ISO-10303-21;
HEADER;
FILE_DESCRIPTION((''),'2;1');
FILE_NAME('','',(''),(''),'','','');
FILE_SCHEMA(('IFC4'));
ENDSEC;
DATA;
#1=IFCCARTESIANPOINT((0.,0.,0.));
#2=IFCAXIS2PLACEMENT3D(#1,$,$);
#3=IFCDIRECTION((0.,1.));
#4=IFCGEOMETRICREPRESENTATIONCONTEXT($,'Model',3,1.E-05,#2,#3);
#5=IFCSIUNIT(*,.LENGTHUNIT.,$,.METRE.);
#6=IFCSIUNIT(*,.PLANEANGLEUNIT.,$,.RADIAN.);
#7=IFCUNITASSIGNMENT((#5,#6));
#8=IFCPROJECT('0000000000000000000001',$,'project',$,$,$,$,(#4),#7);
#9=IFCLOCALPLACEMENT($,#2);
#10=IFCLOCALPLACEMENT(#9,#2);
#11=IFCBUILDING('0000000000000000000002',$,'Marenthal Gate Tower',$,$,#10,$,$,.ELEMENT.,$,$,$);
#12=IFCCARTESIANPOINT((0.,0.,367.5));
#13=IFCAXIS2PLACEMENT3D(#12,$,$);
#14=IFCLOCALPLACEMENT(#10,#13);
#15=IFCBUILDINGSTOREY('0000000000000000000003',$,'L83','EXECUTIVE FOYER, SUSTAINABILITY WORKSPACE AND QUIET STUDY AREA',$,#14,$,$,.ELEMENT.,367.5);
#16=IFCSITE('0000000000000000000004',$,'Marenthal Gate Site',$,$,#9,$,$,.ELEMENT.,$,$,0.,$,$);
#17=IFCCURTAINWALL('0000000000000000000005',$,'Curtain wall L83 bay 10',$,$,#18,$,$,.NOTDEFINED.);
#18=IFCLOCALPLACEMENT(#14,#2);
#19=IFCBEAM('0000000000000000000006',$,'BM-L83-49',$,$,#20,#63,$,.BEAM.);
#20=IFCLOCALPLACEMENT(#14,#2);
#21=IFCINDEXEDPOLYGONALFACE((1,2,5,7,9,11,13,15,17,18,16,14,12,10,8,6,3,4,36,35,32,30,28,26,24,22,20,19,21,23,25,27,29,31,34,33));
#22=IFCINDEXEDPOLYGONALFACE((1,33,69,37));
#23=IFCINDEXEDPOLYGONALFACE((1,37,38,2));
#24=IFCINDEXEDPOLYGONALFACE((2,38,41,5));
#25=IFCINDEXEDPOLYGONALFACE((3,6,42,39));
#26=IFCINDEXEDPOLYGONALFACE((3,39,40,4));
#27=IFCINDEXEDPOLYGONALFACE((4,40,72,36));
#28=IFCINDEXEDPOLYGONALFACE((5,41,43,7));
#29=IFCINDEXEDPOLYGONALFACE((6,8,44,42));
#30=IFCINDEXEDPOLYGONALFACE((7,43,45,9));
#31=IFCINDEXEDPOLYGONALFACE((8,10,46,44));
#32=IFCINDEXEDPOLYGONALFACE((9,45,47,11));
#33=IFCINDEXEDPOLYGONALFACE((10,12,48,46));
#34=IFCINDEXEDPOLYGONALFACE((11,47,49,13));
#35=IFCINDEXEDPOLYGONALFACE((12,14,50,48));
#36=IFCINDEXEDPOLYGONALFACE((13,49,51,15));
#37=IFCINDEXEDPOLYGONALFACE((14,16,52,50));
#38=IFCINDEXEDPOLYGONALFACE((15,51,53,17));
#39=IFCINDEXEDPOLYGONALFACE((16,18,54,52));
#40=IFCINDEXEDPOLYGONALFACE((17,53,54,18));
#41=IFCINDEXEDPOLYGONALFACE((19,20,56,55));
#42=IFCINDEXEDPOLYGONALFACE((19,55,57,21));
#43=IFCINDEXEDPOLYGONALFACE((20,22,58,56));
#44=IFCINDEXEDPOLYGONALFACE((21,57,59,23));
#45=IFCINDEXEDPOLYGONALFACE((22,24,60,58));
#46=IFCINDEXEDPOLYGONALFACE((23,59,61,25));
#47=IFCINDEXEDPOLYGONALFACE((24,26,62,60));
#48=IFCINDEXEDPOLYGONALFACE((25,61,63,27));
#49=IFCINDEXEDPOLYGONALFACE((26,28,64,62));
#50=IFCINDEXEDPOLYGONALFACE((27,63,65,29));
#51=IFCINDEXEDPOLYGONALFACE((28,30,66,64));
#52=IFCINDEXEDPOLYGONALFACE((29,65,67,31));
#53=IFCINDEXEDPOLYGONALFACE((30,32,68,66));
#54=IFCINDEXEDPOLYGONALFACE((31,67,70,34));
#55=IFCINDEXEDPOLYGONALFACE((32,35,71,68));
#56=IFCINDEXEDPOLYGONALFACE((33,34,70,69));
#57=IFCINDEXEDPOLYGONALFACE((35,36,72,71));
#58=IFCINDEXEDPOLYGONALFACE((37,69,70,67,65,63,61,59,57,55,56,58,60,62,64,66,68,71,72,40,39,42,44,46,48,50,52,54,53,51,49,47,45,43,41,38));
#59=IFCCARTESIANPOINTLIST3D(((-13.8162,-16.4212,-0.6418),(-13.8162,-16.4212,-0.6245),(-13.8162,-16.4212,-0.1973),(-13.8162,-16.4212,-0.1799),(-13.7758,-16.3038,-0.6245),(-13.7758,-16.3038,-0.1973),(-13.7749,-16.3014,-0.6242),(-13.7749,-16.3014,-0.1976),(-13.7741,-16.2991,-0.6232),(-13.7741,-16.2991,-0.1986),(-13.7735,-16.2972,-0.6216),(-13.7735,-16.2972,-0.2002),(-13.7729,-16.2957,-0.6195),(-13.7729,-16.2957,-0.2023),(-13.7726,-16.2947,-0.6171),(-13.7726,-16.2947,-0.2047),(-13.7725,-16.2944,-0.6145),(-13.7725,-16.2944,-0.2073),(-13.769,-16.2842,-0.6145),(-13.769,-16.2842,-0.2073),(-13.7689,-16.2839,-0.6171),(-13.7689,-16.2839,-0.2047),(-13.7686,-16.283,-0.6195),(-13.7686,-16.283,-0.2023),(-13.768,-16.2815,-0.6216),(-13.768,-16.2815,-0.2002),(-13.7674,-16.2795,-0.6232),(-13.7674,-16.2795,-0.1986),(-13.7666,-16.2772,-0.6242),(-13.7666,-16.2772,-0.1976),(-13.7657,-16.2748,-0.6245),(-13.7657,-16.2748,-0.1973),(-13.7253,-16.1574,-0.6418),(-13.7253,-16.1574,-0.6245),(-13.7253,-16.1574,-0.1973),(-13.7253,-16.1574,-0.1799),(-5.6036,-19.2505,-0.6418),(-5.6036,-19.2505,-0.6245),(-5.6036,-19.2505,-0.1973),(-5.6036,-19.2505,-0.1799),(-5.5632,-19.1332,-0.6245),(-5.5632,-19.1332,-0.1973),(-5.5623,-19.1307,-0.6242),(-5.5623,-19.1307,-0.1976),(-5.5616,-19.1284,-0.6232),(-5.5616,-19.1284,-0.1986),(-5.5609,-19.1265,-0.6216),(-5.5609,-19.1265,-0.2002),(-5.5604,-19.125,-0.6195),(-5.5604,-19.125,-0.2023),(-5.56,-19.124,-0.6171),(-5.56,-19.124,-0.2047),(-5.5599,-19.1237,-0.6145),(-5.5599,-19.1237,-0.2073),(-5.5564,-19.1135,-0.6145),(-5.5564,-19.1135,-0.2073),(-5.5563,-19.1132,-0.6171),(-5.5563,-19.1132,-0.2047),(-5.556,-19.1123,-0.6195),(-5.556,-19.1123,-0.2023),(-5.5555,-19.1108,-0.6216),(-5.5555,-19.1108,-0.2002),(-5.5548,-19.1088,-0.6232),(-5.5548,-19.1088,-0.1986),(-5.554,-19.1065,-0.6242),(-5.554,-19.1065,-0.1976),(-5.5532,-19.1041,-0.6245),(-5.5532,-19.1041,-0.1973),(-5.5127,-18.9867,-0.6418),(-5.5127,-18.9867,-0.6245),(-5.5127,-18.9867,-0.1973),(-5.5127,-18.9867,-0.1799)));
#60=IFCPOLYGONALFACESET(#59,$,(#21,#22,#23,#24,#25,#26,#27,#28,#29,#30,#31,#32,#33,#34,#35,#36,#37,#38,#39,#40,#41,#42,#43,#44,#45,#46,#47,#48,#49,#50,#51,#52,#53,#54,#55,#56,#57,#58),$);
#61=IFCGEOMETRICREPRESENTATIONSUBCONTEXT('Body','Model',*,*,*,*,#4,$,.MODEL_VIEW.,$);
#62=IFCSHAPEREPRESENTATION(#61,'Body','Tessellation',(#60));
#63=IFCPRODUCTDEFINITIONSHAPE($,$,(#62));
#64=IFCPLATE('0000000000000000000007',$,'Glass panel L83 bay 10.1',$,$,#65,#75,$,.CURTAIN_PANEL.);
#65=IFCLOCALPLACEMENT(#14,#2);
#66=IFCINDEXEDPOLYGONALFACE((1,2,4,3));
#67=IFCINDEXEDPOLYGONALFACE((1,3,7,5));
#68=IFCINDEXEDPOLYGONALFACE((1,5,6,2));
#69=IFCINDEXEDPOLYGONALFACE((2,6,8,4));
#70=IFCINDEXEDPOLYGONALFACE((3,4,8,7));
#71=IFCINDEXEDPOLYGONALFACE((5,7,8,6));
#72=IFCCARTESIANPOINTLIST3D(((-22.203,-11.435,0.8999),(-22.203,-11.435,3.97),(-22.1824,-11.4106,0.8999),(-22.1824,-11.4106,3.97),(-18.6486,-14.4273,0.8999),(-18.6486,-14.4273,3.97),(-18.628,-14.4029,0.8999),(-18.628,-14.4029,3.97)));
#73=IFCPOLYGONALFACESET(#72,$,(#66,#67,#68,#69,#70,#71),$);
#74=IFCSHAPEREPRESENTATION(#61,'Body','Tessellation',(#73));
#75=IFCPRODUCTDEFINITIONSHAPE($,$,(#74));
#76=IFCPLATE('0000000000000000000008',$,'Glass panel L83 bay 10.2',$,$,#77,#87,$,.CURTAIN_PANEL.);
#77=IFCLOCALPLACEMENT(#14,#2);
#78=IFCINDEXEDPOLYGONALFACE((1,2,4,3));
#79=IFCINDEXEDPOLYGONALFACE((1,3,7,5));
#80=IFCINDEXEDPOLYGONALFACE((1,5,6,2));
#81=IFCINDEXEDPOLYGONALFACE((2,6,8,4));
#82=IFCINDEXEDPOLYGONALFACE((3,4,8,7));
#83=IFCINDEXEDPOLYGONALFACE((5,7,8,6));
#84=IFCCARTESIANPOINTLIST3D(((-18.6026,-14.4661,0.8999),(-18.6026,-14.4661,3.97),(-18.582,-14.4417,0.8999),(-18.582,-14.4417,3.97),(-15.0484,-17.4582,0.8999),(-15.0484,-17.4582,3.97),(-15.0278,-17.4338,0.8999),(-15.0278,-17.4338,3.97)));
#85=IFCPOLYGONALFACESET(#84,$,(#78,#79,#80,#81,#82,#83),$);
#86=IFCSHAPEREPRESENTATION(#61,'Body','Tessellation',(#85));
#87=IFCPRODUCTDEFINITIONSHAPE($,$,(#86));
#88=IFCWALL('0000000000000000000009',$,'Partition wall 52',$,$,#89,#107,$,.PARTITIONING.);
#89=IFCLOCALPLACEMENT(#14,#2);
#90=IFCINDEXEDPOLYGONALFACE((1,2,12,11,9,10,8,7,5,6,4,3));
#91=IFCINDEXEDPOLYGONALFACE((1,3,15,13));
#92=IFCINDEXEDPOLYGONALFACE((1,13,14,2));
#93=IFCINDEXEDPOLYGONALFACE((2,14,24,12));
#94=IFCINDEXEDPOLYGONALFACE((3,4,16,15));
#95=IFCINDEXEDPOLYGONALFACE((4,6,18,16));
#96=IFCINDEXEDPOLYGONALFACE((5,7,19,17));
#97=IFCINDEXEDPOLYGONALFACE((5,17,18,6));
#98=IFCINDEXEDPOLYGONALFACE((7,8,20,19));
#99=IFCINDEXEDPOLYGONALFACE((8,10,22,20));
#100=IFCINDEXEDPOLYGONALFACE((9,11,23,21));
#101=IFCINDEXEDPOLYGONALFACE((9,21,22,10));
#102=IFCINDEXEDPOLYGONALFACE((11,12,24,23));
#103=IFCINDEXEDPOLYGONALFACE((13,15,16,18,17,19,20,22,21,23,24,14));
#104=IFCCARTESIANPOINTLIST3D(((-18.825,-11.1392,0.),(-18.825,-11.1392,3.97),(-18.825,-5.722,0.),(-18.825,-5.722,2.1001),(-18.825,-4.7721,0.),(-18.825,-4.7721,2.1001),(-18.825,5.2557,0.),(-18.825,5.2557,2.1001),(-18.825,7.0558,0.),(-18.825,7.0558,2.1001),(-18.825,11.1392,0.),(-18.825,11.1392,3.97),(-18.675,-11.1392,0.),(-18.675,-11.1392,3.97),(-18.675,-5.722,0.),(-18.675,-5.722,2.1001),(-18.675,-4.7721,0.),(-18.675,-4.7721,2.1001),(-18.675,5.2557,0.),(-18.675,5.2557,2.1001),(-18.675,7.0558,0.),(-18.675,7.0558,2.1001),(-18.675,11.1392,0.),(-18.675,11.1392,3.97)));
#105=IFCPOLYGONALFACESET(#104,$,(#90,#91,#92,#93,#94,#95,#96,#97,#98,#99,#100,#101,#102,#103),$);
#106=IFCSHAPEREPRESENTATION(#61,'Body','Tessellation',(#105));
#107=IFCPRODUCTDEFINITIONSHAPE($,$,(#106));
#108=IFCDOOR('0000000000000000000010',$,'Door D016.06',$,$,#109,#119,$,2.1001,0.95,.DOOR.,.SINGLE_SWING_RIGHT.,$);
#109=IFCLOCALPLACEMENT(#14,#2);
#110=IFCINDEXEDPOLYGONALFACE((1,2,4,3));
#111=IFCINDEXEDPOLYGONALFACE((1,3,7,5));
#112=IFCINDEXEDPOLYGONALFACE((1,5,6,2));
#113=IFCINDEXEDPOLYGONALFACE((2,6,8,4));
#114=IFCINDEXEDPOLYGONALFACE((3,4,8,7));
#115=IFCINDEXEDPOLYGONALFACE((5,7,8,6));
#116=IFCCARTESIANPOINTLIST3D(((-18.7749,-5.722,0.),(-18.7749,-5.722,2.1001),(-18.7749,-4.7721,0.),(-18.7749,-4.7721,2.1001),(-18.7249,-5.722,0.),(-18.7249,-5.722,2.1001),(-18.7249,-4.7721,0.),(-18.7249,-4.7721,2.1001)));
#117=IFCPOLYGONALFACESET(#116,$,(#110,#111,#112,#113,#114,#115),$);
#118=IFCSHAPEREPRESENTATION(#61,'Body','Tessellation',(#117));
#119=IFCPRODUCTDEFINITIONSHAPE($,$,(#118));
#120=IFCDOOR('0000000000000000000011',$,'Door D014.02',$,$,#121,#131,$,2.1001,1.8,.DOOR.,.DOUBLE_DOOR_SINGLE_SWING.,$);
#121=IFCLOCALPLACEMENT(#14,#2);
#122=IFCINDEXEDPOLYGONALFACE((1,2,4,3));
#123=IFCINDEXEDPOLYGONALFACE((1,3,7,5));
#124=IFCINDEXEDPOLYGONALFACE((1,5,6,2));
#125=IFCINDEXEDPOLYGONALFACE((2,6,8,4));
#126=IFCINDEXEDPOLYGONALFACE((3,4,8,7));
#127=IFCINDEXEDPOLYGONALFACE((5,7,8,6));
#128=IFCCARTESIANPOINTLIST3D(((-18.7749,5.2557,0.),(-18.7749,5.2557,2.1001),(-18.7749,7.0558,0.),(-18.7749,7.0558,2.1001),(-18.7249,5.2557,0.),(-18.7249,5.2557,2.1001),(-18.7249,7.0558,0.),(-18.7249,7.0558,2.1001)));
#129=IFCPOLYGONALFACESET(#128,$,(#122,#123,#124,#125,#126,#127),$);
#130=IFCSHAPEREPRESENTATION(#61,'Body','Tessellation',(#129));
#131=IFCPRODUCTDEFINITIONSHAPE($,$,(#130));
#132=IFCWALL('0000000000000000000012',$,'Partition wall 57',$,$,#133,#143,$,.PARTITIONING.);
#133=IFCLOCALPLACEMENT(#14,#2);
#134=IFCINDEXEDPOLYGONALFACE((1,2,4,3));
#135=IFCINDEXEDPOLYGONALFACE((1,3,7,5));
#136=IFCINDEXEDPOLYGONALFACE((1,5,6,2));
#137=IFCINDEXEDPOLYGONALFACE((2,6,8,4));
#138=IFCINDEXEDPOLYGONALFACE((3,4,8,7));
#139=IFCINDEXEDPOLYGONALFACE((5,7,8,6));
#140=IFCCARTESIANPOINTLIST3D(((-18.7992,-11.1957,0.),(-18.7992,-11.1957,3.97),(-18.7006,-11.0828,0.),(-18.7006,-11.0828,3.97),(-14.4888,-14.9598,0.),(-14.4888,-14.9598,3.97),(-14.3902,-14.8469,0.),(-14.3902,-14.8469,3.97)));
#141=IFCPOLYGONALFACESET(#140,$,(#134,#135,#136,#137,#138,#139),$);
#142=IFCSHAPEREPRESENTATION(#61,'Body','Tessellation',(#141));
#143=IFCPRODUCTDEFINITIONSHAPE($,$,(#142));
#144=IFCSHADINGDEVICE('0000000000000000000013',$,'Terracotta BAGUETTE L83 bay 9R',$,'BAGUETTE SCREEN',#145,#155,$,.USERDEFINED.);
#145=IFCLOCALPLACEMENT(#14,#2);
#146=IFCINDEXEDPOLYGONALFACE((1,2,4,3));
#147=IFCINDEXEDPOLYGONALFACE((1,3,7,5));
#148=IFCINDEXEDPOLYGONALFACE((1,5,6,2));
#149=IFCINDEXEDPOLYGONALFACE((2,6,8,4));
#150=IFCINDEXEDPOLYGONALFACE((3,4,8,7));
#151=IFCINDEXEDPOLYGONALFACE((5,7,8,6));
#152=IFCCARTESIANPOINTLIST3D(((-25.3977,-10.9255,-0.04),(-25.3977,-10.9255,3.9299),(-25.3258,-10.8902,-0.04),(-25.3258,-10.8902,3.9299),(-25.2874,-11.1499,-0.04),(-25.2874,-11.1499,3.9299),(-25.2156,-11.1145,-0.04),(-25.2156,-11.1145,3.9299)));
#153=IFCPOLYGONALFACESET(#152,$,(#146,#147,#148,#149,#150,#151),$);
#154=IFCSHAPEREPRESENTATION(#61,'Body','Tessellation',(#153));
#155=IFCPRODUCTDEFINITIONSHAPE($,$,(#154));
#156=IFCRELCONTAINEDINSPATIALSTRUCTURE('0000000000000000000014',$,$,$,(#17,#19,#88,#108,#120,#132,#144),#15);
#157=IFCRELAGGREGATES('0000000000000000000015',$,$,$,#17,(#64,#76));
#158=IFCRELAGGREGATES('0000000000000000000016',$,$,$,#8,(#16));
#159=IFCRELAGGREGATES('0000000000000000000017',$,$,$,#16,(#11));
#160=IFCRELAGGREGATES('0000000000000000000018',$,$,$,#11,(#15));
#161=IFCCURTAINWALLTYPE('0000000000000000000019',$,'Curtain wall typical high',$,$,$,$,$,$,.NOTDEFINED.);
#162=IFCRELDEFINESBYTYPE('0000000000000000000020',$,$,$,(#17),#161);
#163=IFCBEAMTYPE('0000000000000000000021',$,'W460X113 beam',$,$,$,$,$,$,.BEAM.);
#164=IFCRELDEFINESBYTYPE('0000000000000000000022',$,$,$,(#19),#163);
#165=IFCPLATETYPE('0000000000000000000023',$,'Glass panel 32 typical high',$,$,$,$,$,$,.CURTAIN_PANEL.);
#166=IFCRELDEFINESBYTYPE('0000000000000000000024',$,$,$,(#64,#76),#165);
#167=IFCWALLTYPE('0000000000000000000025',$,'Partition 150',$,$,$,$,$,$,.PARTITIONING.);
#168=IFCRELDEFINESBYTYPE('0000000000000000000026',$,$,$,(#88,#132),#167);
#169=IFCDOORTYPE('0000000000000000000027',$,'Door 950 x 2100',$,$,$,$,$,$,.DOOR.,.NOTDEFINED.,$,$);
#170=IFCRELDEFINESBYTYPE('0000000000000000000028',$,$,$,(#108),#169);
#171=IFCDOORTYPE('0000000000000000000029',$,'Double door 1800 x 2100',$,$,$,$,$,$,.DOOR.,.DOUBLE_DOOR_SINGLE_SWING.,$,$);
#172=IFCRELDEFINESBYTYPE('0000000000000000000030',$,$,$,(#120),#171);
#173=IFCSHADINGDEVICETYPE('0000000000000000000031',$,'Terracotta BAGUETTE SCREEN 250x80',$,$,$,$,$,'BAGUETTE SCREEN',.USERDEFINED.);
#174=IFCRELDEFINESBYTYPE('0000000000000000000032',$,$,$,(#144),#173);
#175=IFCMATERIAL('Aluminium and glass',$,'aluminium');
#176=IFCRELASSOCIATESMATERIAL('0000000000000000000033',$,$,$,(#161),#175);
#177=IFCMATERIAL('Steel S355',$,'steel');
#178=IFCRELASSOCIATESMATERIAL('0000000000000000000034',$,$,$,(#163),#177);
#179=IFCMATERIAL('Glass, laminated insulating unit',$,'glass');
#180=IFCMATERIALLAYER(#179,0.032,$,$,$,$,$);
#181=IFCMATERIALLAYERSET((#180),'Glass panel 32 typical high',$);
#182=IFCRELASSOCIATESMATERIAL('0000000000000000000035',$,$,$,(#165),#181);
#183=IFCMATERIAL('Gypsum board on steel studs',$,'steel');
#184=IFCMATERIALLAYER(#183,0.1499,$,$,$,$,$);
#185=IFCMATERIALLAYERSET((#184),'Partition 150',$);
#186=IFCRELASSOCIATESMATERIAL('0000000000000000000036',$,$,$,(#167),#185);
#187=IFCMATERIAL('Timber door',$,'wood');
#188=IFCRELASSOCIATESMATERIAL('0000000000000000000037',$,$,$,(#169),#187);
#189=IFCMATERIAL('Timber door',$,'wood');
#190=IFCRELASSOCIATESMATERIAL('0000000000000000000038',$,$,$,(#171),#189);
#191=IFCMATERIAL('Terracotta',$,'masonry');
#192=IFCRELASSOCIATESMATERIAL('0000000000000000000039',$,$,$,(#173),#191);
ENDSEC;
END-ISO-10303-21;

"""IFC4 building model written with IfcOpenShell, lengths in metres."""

from ifc_helpers import new_model, si_unit, direction, frame, frame_2d, origin, origin_2d, place, context, subcontext, project, spatial, rectangle, i_section, extrude, material, layer, layer_set, material_profile, profile_set, type_object, element, fill, aggregate, save


model = new_model("IFC4")

# Units and contexts
model_context = context("Model", 3, precision=1e-05, world=origin(), true_north=direction((0.0, 1.0)))
body_context = subcontext(model_context, "Body", "Model", "MODEL_VIEW")
ifc_project = project(units=[si_unit("LENGTHUNIT", "METRE"), si_unit("PLANEANGLEUNIT", "RADIAN")], contexts=[model_context])

# Site, building, storey
site_placement = place(None, origin())
site = spatial("IfcSite", under=ifc_project, at=site_placement, Name="Marenthal Gate Site", CompositionType="ELEMENT", RefElevation=0.0)
building_placement = place(site_placement, origin())
building = spatial("IfcBuilding", under=site, at=building_placement, Name="Marenthal Gate Tower", CompositionType="ELEMENT")
storey_placement = place(building_placement, frame((0.0, 0.0, 367.5)))
storey = spatial("IfcBuildingStorey", under=building, at=storey_placement, Name="L83", Description="EXECUTIVE FOYER, SUSTAINABILITY WORKSPACE AND QUIET STUDY AREA", CompositionType="ELEMENT", Elevation=367.5)

# Curtain wall
ifc_material_1 = material(Name="Aluminium and glass", Category="aluminium")
curtain_wall_type = type_object("IfcCurtainWallType", Name="Curtain wall typical high", PredefinedType="NOTDEFINED", material=ifc_material_1)
curtain_wall_placement = place(storey_placement, origin())
curtain_wall = element("IfcCurtainWall", 1, at=curtain_wall_placement, inside=storey, type_object=curtain_wall_type, Name="Curtain wall L83 bay 10", PredefinedType="NOTDEFINED")

# Beam
ifc_material_2 = material(Name="Steel S355", Category="steel")
ifc_material_profile_1 = material_profile(ifc_material_2, i_section(OverallWidth=0.2791, OverallDepth=0.4619, WebThickness=0.0107, FlangeThickness=0.0173, FilletRadius=0.01, at=origin_2d()), Name="W460X113")
ifc_profile_set_1 = profile_set([ifc_material_profile_1], Name="Steel S355")
beam_type_1 = type_object("IfcBeamType", Name="W460X113 beam", PredefinedType="BEAM", material=ifc_profile_set_1)
beam_1_placement = place(storey_placement, frame((-13.7708, -16.2893, -0.4109), z_axis=(0.945465, -0.325723, 0.0), x_axis=(0.325723, 0.945465, 0.0)))
element("IfcBeam", 2, at=beam_1_placement, inside=storey, type_object=beam_type_1, Name="BM-L83-49", PredefinedType="BEAM", context=body_context, shape_type="SweptSolid", body=[
    extrude(i_section(OverallWidth=0.2791, OverallDepth=0.4619, WebThickness=0.0107, FlangeThickness=0.0173, FilletRadius=0.01, at=origin_2d()), origin(), (0.0, 0.0, 1.0), 8.6863),
])

# Plates
ifc_material_3 = material(Name="Glass, laminated insulating unit", Category="glass")
ifc_layer_1 = layer(ifc_material_3, 0.032)
ifc_layer_set_1 = layer_set([ifc_layer_1], Name="Glass panel 32 typical high")
plate_type = type_object("IfcPlateType", Name="Glass panel 32 typical high", PredefinedType="CURTAIN_PANEL", material=ifc_layer_set_1)
plate_1_placement = place(storey_placement, frame((-20.4155, -12.9189, 0.8999), z_axis=(0.0, 0.0, 1.0), x_axis=(0.765006, -0.644023, 0.0)))
plate_1 = element("IfcPlate", 3, at=plate_1_placement, type_object=plate_type, Name="Glass panel L83 bay 10.1", PredefinedType="CURTAIN_PANEL", context=body_context, shape_type="SweptSolid", body=[
    extrude(rectangle(XDim=4.6462, YDim=0.032, at=origin_2d()), origin(), (0.0, 0.0, 1.0), 3.0701),
])
plate_2_placement = place(storey_placement, frame((-16.8152, -15.95, 0.8999), z_axis=(0.0, 0.0, 1.0), x_axis=(0.765006, -0.644023, 0.0)))
plate_2 = element("IfcPlate", 4, at=plate_2_placement, type_object=plate_type, Name="Glass panel L83 bay 10.2", PredefinedType="CURTAIN_PANEL", context=body_context, shape_type="SweptSolid", body=[
    extrude(rectangle(XDim=4.646, YDim=0.032, at=origin_2d()), origin(), (0.0, 0.0, 1.0), 3.0701),
])
aggregate(curtain_wall, [plate_1, plate_2])

# Wall, openings, doors
ifc_material_4 = material(Name="Gypsum board on steel studs", Category="steel")
ifc_layer_2 = layer(ifc_material_4, 0.1499)
ifc_layer_set_2 = layer_set([ifc_layer_2], Name="Partition 150")
wall_type_1 = type_object("IfcWallType", Name="Partition 150", PredefinedType="PARTITIONING", material=ifc_layer_set_2)
wall_1_placement = place(storey_placement, frame((-18.75, -11.1392, 0.0), z_axis=(0.0, 0.0, 1.0), x_axis=(0.0, 1.0, 0.0)))
wall_1 = element("IfcWall", 5, at=wall_1_placement, inside=storey, type_object=wall_type_1, Name="Partition wall 52", PredefinedType="PARTITIONING", context=body_context, shape_type="SweptSolid", body=[
    extrude(rectangle(XDim=22.2783, YDim=0.1499, at=frame_2d((11.1392, 0.0))), origin(), (0.0, 0.0, 1.0), 3.97),
])
opening_1_placement = place(wall_1_placement, frame((16.395, 0.0, 0.0)))
opening_1 = element("IfcOpeningElement", 6, at=opening_1_placement, cuts=wall_1, PredefinedType="OPENING", context=body_context, shape_type="SweptSolid", body=[
    extrude(rectangle(XDim=1.8, YDim=2.1001, at=frame_2d((0.8999, 1.05))), frame((0.0, 0.085, 0.0), z_axis=(0.0, -1.0, 0.0), x_axis=(1.0, 0.0, 0.0)), (0.0, 0.0, 1.0), 0.1699),
])
opening_2_placement = place(wall_1_placement, frame((5.417, 0.0, 0.0)))
opening_2 = element("IfcOpeningElement", 7, at=opening_2_placement, cuts=wall_1, PredefinedType="OPENING", context=body_context, shape_type="SweptSolid", body=[
    extrude(rectangle(XDim=0.95, YDim=2.1001, at=frame_2d((0.4751, 1.05))), frame((0.0, 0.085, 0.0), z_axis=(0.0, -1.0, 0.0), x_axis=(1.0, 0.0, 0.0)), (0.0, 0.0, 1.0), 0.1699),
])
ifc_material_5 = material(Name="Timber door", Category="wood")
door_type_1 = type_object("IfcDoorType", Name="Door 950 x 2100", OperationType="NOTDEFINED", PredefinedType="DOOR", material=ifc_material_5)
door_1_placement = place(opening_2_placement, origin())
door_1 = element("IfcDoor", 8, at=door_1_placement, inside=storey, type_object=door_type_1, Name="Door D016.06", OperationType="SINGLE_SWING_RIGHT", OverallHeight=2.1001, OverallWidth=0.95, PredefinedType="DOOR", context=body_context, shape_type="SweptSolid", body=[
    extrude(rectangle(XDim=0.95, YDim=2.1001, at=frame_2d((0.4751, 1.05))), frame((0.0, 0.0249, 0.0), z_axis=(0.0, -1.0, 0.0), x_axis=(1.0, 0.0, 0.0)), (0.0, 0.0, 1.0), 0.05),
])
fill(opening_2, door_1)
ifc_material_6 = material(Name="Timber door", Category="wood")
door_type_2 = type_object("IfcDoorType", Name="Double door 1800 x 2100", OperationType="DOUBLE_DOOR_SINGLE_SWING", PredefinedType="DOOR", material=ifc_material_6)
door_2_placement = place(opening_1_placement, origin())
door_2 = element("IfcDoor", 9, at=door_2_placement, inside=storey, type_object=door_type_2, Name="Door D014.02", OperationType="DOUBLE_DOOR_SINGLE_SWING", OverallHeight=2.1001, OverallWidth=1.8, PredefinedType="DOOR", context=body_context, shape_type="SweptSolid", body=[
    extrude(rectangle(XDim=1.8, YDim=2.1001, at=frame_2d((0.8999, 1.05))), frame((0.0, 0.0249, 0.0), z_axis=(0.0, -1.0, 0.0), x_axis=(1.0, 0.0, 0.0)), (0.0, 0.0, 1.0), 0.05),
])
fill(opening_1, door_2)

# Wall
wall_2_placement = place(storey_placement, frame((-14.4395, -14.9033, 0.0), z_axis=(0.0, 0.0, 1.0), x_axis=(-0.753232, 0.657755, 0.0)))
element("IfcWall", 10, at=wall_2_placement, inside=storey, type_object=wall_type_1, Name="Partition wall 57", PredefinedType="PARTITIONING", context=body_context, shape_type="SweptSolid", body=[
    extrude(rectangle(XDim=5.7227, YDim=0.1499, at=frame_2d((2.8613, 0.0))), origin(), (0.0, 0.0, 1.0), 3.97),
])

# Shading device
ifc_material_7 = material(Name="Terracotta", Category="masonry")
ifc_material_profile_2 = material_profile(ifc_material_7, rectangle(XDim=0.25, YDim=0.0801, at=origin_2d()), Name="Terracotta baguette 250x80")
ifc_profile_set_2 = profile_set([ifc_material_profile_2], Name="Terracotta")
shading_device_type = type_object("IfcShadingDeviceType", Name="Terracotta BAGUETTE SCREEN 250x80", ElementType="BAGUETTE SCREEN", PredefinedType="USERDEFINED", material=ifc_profile_set_2)
shading_device_placement = place(storey_placement, frame((-25.3066, -11.02, -0.04), z_axis=(0.0, 0.0, 1.0), x_axis=(0.441063, -0.897476, 0.0)))
element("IfcShadingDevice", 11, at=shading_device_placement, inside=storey, type_object=shading_device_type, Name="Terracotta BAGUETTE L83 bay 9R", ObjectType="BAGUETTE SCREEN", PredefinedType="USERDEFINED", context=body_context, shape_type="SweptSolid", body=[
    extrude(rectangle(XDim=0.25, YDim=0.0801, at=origin_2d()), origin(), (0.0, 0.0, 1.0), 3.97),
])

save(model, "model.ifc")
